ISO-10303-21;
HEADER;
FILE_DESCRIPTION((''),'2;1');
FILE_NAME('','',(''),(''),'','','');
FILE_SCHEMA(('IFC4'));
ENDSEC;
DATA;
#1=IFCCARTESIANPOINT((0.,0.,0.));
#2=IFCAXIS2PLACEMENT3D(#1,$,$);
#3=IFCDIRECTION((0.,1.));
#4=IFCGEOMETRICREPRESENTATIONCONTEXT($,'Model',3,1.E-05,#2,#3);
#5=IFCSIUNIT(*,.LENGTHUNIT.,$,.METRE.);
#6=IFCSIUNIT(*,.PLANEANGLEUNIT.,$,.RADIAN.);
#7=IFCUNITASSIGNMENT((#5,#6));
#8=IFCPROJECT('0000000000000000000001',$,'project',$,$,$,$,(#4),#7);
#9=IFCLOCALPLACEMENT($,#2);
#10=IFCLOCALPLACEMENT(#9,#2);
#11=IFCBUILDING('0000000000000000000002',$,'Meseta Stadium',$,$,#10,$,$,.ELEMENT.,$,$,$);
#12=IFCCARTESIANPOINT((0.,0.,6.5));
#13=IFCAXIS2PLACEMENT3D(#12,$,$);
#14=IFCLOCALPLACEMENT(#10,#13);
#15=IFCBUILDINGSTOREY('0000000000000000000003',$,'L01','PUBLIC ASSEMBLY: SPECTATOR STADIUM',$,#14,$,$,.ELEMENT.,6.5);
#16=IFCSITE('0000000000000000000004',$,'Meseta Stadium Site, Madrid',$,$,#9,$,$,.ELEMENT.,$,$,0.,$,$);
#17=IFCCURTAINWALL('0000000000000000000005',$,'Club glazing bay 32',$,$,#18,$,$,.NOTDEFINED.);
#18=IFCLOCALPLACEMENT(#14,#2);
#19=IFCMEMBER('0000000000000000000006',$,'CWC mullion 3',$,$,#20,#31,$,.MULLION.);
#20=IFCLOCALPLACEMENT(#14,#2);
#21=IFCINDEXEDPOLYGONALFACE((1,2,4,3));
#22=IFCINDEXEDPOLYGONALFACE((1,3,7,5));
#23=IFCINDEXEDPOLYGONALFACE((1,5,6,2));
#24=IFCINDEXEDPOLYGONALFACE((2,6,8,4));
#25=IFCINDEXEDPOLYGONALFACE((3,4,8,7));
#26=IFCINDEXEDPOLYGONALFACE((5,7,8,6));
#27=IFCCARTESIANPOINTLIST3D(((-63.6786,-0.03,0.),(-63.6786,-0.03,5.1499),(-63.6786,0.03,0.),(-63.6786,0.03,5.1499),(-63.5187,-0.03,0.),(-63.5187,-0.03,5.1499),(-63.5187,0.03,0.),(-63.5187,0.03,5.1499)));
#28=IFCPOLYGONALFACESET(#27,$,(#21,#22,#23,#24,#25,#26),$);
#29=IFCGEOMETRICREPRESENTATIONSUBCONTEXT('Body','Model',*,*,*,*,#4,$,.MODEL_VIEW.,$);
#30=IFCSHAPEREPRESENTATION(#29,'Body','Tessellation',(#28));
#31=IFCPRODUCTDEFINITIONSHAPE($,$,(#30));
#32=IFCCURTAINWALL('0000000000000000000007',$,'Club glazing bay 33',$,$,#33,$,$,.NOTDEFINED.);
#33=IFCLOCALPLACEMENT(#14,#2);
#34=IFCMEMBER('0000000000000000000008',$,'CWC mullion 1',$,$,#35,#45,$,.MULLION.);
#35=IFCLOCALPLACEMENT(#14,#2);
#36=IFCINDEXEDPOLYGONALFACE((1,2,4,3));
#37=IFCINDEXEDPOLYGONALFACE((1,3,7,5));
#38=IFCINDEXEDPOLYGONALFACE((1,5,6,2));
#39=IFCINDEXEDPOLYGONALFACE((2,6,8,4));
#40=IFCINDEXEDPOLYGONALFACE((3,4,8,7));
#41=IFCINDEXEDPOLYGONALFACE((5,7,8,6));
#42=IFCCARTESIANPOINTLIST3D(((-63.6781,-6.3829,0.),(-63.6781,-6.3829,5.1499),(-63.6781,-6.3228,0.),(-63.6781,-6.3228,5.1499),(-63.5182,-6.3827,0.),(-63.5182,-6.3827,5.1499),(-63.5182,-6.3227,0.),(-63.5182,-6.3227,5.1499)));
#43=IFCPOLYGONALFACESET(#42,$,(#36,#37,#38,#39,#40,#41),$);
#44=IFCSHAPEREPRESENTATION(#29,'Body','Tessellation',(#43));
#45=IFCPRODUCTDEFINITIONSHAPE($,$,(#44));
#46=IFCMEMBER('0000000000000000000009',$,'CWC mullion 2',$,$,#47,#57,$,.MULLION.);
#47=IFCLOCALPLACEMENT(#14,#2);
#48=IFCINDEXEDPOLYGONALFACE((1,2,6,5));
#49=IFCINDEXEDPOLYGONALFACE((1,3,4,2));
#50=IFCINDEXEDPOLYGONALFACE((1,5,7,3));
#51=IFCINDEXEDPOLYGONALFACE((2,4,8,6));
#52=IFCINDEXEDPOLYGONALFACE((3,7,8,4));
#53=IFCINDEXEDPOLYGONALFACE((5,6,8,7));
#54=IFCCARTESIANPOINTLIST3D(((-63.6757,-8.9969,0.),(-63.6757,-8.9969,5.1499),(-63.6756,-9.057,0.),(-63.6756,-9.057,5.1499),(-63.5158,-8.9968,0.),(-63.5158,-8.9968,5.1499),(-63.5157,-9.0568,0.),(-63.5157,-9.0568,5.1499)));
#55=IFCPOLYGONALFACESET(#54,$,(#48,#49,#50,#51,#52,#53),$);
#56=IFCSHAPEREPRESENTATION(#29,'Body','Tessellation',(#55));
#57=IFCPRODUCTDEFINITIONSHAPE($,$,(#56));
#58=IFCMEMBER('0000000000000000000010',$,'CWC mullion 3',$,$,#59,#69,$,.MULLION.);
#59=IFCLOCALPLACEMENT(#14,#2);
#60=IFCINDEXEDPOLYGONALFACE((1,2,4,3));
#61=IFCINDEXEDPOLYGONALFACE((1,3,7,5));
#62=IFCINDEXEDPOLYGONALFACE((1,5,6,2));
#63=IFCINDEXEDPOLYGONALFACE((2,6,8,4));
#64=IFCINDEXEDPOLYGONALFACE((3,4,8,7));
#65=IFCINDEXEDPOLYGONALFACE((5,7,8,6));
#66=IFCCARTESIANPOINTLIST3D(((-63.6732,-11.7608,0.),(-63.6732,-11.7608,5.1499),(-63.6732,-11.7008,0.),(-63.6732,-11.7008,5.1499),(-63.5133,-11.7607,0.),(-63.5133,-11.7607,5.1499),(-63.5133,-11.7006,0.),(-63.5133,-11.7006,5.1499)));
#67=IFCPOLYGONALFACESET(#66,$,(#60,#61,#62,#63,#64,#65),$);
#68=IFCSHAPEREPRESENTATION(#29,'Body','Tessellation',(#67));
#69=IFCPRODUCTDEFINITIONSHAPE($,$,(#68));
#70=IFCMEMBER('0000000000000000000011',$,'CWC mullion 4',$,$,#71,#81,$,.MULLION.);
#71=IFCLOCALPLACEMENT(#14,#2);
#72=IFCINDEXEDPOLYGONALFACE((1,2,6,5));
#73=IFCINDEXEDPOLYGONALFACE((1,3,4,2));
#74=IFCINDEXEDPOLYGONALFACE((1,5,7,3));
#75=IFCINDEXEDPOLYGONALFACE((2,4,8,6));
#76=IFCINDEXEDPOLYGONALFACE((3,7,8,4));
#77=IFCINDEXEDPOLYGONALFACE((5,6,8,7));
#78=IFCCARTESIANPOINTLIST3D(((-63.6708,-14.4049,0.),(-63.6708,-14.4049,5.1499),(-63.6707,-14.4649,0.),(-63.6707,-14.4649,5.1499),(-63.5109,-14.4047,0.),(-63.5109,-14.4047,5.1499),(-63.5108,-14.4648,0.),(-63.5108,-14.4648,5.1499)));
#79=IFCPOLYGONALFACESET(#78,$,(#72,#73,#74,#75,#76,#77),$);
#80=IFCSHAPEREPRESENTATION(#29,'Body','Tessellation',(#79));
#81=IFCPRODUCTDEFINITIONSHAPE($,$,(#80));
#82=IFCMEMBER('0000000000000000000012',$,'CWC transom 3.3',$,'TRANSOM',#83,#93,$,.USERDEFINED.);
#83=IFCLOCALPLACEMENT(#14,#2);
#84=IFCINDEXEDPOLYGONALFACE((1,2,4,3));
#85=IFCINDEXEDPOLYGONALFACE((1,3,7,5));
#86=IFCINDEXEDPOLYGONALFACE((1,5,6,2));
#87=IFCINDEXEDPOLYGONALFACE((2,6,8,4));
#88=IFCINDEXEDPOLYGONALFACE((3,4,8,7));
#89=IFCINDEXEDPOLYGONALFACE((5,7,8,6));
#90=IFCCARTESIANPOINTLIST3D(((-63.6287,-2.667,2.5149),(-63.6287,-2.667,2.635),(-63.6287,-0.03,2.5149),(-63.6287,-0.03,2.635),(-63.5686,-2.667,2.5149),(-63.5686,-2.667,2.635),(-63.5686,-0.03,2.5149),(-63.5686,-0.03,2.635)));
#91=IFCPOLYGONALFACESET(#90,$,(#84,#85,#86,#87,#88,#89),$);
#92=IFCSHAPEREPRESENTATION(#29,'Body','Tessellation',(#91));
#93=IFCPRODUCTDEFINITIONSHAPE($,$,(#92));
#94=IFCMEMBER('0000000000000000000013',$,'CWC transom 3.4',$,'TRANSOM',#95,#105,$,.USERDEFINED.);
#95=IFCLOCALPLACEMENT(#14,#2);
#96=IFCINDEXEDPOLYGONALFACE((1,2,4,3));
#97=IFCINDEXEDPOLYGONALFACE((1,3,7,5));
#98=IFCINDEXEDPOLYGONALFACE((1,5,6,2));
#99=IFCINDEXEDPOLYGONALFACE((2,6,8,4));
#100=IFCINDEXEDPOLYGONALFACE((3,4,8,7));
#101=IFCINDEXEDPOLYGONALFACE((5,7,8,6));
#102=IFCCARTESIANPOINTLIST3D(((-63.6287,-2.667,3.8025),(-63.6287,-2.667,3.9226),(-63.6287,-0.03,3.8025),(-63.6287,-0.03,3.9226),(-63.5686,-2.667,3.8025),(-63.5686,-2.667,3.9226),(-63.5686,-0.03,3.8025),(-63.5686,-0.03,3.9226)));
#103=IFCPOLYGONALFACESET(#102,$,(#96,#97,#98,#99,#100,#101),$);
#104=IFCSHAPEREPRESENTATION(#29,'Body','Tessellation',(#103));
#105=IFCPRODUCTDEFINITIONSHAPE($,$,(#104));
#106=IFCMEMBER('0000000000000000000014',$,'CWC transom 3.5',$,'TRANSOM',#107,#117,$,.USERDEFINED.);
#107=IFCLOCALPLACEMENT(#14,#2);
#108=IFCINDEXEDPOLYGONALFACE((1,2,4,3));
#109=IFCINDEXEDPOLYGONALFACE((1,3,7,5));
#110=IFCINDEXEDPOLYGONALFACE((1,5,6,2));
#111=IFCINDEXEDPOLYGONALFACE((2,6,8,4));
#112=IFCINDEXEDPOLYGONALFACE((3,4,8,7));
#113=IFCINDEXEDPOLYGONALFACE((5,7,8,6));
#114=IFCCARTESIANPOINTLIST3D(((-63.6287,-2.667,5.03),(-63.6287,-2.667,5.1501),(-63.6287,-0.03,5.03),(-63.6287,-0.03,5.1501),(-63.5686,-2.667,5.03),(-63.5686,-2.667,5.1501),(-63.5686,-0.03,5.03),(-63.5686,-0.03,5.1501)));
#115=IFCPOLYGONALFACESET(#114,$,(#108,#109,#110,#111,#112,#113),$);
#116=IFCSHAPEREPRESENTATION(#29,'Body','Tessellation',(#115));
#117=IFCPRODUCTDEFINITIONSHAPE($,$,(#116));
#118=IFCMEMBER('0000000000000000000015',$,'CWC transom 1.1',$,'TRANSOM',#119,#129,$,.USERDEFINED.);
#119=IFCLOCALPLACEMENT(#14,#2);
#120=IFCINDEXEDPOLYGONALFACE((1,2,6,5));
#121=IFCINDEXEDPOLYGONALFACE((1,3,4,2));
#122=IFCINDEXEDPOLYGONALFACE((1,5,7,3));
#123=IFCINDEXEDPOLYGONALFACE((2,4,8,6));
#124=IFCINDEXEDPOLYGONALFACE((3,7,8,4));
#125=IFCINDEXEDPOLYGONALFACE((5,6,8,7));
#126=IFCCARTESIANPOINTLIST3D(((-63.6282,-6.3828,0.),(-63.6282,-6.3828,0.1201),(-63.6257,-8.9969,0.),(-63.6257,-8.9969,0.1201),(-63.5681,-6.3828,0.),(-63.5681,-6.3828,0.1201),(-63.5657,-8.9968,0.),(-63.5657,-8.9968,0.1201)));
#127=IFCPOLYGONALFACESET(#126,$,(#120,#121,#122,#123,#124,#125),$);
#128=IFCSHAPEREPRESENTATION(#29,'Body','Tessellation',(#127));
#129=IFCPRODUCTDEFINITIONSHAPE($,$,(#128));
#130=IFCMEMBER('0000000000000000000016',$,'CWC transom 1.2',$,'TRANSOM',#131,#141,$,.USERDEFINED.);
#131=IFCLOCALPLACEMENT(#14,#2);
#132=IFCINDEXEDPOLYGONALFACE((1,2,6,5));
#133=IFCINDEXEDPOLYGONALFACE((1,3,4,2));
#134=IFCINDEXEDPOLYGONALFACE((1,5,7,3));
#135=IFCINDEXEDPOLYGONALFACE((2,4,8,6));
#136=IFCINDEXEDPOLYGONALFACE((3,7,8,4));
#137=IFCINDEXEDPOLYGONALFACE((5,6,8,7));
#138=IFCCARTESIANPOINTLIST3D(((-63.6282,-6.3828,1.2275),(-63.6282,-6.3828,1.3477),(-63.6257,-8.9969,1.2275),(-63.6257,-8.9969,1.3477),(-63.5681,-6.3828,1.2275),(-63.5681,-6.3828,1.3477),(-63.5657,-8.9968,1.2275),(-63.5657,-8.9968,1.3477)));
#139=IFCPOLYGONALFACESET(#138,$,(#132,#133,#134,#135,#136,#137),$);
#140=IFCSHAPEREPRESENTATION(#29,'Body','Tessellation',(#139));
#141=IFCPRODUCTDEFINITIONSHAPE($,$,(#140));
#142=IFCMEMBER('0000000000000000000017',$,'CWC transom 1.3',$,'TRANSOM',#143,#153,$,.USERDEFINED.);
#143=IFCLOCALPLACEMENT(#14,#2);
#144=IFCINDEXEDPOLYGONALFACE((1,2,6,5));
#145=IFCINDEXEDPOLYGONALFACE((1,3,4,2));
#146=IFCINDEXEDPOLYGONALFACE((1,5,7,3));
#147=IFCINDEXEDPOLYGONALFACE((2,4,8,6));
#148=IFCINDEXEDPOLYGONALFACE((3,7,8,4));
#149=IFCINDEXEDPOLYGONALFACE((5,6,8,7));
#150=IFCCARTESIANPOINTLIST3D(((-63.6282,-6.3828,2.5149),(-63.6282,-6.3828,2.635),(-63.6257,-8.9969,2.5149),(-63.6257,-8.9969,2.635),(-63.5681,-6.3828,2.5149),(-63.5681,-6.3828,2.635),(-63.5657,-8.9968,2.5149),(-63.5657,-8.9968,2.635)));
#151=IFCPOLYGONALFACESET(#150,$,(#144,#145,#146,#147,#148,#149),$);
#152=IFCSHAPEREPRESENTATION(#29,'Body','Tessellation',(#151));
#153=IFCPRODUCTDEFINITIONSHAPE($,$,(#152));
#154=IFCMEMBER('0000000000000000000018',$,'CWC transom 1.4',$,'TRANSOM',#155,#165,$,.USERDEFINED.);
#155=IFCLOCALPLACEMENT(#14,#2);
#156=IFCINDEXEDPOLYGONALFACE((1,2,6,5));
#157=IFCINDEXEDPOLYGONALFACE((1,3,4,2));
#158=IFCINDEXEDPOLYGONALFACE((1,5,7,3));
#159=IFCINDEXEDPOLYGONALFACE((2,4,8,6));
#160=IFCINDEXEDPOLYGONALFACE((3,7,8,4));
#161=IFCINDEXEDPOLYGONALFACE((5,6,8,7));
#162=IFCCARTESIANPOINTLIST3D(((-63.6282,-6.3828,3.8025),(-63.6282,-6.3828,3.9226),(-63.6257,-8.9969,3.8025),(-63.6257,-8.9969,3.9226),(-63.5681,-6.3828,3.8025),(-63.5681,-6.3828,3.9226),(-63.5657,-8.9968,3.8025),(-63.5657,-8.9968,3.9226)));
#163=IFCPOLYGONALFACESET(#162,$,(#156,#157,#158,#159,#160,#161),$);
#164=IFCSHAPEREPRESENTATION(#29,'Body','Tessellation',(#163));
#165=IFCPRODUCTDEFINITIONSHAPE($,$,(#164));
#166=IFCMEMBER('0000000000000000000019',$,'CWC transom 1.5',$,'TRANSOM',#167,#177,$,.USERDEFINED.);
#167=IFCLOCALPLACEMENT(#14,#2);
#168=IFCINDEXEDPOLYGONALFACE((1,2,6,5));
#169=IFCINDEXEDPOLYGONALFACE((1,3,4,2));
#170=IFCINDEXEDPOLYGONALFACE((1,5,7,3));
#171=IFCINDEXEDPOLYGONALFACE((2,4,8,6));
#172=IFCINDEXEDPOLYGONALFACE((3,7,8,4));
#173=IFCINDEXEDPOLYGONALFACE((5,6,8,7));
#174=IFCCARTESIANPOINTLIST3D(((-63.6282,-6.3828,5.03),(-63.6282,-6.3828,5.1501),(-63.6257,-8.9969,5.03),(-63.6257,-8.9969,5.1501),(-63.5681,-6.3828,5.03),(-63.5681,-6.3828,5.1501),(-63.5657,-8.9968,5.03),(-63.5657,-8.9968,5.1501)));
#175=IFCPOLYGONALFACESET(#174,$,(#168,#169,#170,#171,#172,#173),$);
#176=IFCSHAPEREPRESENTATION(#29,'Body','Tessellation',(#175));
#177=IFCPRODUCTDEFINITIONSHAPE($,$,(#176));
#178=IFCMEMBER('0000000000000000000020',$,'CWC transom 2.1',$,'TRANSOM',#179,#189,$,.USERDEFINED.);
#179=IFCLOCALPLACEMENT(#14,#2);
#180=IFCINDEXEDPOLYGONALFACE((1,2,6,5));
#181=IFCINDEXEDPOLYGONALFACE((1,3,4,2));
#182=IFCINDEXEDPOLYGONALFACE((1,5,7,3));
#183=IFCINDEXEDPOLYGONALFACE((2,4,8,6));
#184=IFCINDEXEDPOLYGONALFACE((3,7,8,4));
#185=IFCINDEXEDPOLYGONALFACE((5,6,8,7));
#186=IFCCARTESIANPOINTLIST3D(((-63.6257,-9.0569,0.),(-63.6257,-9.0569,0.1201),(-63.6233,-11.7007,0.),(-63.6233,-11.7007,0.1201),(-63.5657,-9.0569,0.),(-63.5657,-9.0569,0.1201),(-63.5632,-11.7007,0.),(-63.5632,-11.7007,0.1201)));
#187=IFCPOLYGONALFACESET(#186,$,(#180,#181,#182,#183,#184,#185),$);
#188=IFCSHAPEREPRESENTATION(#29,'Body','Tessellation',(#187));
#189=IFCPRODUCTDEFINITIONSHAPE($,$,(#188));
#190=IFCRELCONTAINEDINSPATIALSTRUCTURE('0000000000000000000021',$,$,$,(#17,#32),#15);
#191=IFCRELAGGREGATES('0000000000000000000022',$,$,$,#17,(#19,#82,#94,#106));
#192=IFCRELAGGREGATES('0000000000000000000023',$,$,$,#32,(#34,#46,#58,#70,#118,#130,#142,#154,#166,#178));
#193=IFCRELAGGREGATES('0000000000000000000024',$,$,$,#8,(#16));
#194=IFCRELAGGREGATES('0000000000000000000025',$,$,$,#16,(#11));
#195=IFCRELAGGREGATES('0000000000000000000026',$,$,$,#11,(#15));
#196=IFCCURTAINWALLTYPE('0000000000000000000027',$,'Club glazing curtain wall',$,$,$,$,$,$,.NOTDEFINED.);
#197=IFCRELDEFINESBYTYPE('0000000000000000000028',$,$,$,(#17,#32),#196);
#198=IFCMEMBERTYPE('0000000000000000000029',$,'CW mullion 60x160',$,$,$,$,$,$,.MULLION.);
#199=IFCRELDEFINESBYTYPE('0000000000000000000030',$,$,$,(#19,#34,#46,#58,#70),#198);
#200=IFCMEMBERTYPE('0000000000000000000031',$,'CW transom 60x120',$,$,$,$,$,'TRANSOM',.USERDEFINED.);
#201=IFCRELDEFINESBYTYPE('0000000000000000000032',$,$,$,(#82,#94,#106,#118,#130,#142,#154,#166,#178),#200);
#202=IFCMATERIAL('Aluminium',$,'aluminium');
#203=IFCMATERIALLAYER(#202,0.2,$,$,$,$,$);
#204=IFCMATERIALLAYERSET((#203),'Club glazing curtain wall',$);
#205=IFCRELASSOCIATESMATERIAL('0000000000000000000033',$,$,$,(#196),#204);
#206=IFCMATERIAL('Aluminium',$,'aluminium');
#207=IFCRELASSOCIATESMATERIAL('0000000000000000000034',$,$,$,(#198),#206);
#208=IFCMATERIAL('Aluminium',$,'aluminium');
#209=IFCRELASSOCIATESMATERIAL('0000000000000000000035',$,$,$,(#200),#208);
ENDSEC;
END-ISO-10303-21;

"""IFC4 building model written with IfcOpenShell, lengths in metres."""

from ifc_helpers import new_model, si_unit, direction, frame, origin, origin_2d, place, context, subcontext, project, spatial, rectangle, extrude, material, layer, layer_set, material_profile, profile_set, type_object, element, aggregate, save


model = new_model("IFC4")

# Units and contexts
model_context = context("Model", 3, precision=1e-05, world=origin(), true_north=direction((0.0, 1.0)))
body_context = subcontext(model_context, "Body", "Model", "MODEL_VIEW")
ifc_project = project(units=[si_unit("LENGTHUNIT", "METRE"), si_unit("PLANEANGLEUNIT", "RADIAN")], contexts=[model_context])

# Site, building, storey
site_placement = place(None, origin())
site = spatial("IfcSite", under=ifc_project, at=site_placement, Name="Meseta Stadium Site, Madrid", CompositionType="ELEMENT", RefElevation=0.0)
building_placement = place(site_placement, origin())
building = spatial("IfcBuilding", under=site, at=building_placement, Name="Meseta Stadium", CompositionType="ELEMENT")
storey_placement = place(building_placement, frame((0.0, 0.0, 6.5)))
storey = spatial("IfcBuildingStorey", under=building, at=storey_placement, Name="L01", Description="PUBLIC ASSEMBLY: SPECTATOR STADIUM", CompositionType="ELEMENT", Elevation=6.5)

# Curtain wall, member
ifc_material_1 = material(Name="Aluminium", Category="aluminium")
ifc_layer_1 = layer(ifc_material_1, 0.2)
ifc_layer_set_1 = layer_set([ifc_layer_1], Name="Club glazing curtain wall")
curtain_wall_type = type_object("IfcCurtainWallType", Name="Club glazing curtain wall", PredefinedType="NOTDEFINED", material=ifc_layer_set_1)
curtain_wall_1_placement = place(storey_placement, origin())
curtain_wall_1 = element("IfcCurtainWall", 1, at=curtain_wall_1_placement, inside=storey, type_object=curtain_wall_type, Name="Club glazing bay 32", PredefinedType="NOTDEFINED")
ifc_material_2 = material(Name="Aluminium", Category="aluminium")
ifc_material_profile_1 = material_profile(ifc_material_2, rectangle(XDim=0.1599, YDim=0.0601, at=origin_2d()), Name="CW 160x60")
ifc_profile_set_1 = profile_set([ifc_material_profile_1], Name="Aluminium")
member_type_1 = type_object("IfcMemberType", Name="CW mullion 60x160", PredefinedType="MULLION", material=ifc_profile_set_1)
member_1_placement = place(storey_placement, frame((-63.5986, 0.0, 0.0), z_axis=(0.0, 0.0, 1.0), x_axis=(1.0, 0.0, 0.0)))
member_1 = element("IfcMember", 2, at=member_1_placement, type_object=member_type_1, Name="CWC mullion 3", PredefinedType="MULLION", context=body_context, shape_type="SweptSolid", body=[
    extrude(rectangle(XDim=0.1599, YDim=0.0601, at=origin_2d()), origin(), (0.0, 0.0, 1.0), 5.1499),
])

# Curtain wall, members
curtain_wall_2_placement = place(storey_placement, origin())
curtain_wall_2 = element("IfcCurtainWall", 3, at=curtain_wall_2_placement, inside=storey, type_object=curtain_wall_type, Name="Club glazing bay 33", PredefinedType="NOTDEFINED")
member_2_placement = place(storey_placement, frame((-63.5981, -6.3528, 0.0), z_axis=(0.0, 0.0, 1.0), x_axis=(1.0, 0.000925, 0.0)))
member_2 = element("IfcMember", 4, at=member_2_placement, type_object=member_type_1, Name="CWC mullion 1", PredefinedType="MULLION", context=body_context, shape_type="SweptSolid", body=[
    extrude(rectangle(XDim=0.1599, YDim=0.0601, at=origin_2d()), origin(), (0.0, 0.0, 1.0), 5.1499),
])
member_3_placement = place(storey_placement, frame((-63.5957, -9.0269, 0.0), z_axis=(0.0, 0.0, 1.0), x_axis=(1.0, 0.000925, 0.0)))
member_3 = element("IfcMember", 5, at=member_3_placement, type_object=member_type_1, Name="CWC mullion 2", PredefinedType="MULLION", context=body_context, shape_type="SweptSolid", body=[
    extrude(rectangle(XDim=0.1599, YDim=0.0601, at=origin_2d()), origin(), (0.0, 0.0, 1.0), 5.1499),
])
member_4_placement = place(storey_placement, frame((-63.5933, -11.7307, 0.0), z_axis=(0.0, 0.0, 1.0), x_axis=(1.0, 0.000925, 0.0)))
member_4 = element("IfcMember", 6, at=member_4_placement, type_object=member_type_1, Name="CWC mullion 3", PredefinedType="MULLION", context=body_context, shape_type="SweptSolid", body=[
    extrude(rectangle(XDim=0.1599, YDim=0.0601, at=origin_2d()), origin(), (0.0, 0.0, 1.0), 5.1499),
])
member_5_placement = place(storey_placement, frame((-63.5908, -14.4348, 0.0), z_axis=(0.0, 0.0, 1.0), x_axis=(1.0, 0.000925, 0.0)))
member_5 = element("IfcMember", 7, at=member_5_placement, type_object=member_type_1, Name="CWC mullion 4", PredefinedType="MULLION", context=body_context, shape_type="SweptSolid", body=[
    extrude(rectangle(XDim=0.1599, YDim=0.0601, at=origin_2d()), origin(), (0.0, 0.0, 1.0), 5.1499),
])

# Members
ifc_material_3 = material(Name="Aluminium", Category="aluminium")
ifc_material_profile_2 = material_profile(ifc_material_3, rectangle(XDim=0.0601, YDim=0.1201, at=origin_2d()), Name="CW 60x120")
ifc_profile_set_2 = profile_set([ifc_material_profile_2], Name="Aluminium")
member_type_2 = type_object("IfcMemberType", Name="CW transom 60x120", ElementType="TRANSOM", PredefinedType="USERDEFINED", material=ifc_profile_set_2)
member_6_placement = place(storey_placement, frame((-63.5986, -0.03, 2.575), z_axis=(0.0, -1.0, 0.0), x_axis=(1.0, 0.0, 0.0)))
member_6 = element("IfcMember", 8, at=member_6_placement, type_object=member_type_2, Name="CWC transom 3.3", ObjectType="TRANSOM", PredefinedType="USERDEFINED", context=body_context, shape_type="SweptSolid", body=[
    extrude(rectangle(XDim=0.0601, YDim=0.1201, at=origin_2d()), origin(), (0.0, 0.0, 1.0), 2.637),
])
member_7_placement = place(storey_placement, frame((-63.5986, -0.03, 3.8625), z_axis=(0.0, -1.0, 0.0), x_axis=(1.0, 0.0, 0.0)))
member_7 = element("IfcMember", 9, at=member_7_placement, type_object=member_type_2, Name="CWC transom 3.4", ObjectType="TRANSOM", PredefinedType="USERDEFINED", context=body_context, shape_type="SweptSolid", body=[
    extrude(rectangle(XDim=0.0601, YDim=0.1201, at=origin_2d()), origin(), (0.0, 0.0, 1.0), 2.637),
])
member_8_placement = place(storey_placement, frame((-63.5986, -0.03, 5.0901), z_axis=(0.0, -1.0, 0.0), x_axis=(1.0, 0.0, 0.0)))
member_8 = element("IfcMember", 10, at=member_8_placement, type_object=member_type_2, Name="CWC transom 3.5", ObjectType="TRANSOM", PredefinedType="USERDEFINED", context=body_context, shape_type="SweptSolid", body=[
    extrude(rectangle(XDim=0.0601, YDim=0.1201, at=origin_2d()), origin(), (0.0, 0.0, 1.0), 2.637),
])
aggregate(curtain_wall_1, [member_1, member_6, member_7, member_8])
member_9_placement = place(storey_placement, frame((-63.5981, -6.3828, 0.0601), z_axis=(0.000934, -1.0, 0.0), x_axis=(1.0, 0.000934, 0.0)))
member_9 = element("IfcMember", 11, at=member_9_placement, type_object=member_type_2, Name="CWC transom 1.1", ObjectType="TRANSOM", PredefinedType="USERDEFINED", context=body_context, shape_type="SweptSolid", body=[
    extrude(rectangle(XDim=0.0601, YDim=0.1201, at=origin_2d()), origin(), (0.0, 0.0, 1.0), 2.614),
])
member_10_placement = place(storey_placement, frame((-63.5981, -6.3828, 1.2876), z_axis=(0.000934, -1.0, 0.0), x_axis=(1.0, 0.000934, 0.0)))
member_10 = element("IfcMember", 12, at=member_10_placement, type_object=member_type_2, Name="CWC transom 1.2", ObjectType="TRANSOM", PredefinedType="USERDEFINED", context=body_context, shape_type="SweptSolid", body=[
    extrude(rectangle(XDim=0.0601, YDim=0.1201, at=origin_2d()), origin(), (0.0, 0.0, 1.0), 2.614),
])
member_11_placement = place(storey_placement, frame((-63.5981, -6.3828, 2.575), z_axis=(0.000934, -1.0, 0.0), x_axis=(1.0, 0.000934, 0.0)))
member_11 = element("IfcMember", 13, at=member_11_placement, type_object=member_type_2, Name="CWC transom 1.3", ObjectType="TRANSOM", PredefinedType="USERDEFINED", context=body_context, shape_type="SweptSolid", body=[
    extrude(rectangle(XDim=0.0601, YDim=0.1201, at=origin_2d()), origin(), (0.0, 0.0, 1.0), 2.614),
])
member_12_placement = place(storey_placement, frame((-63.5981, -6.3828, 3.8625), z_axis=(0.000934, -1.0, 0.0), x_axis=(1.0, 0.000934, 0.0)))
member_12 = element("IfcMember", 14, at=member_12_placement, type_object=member_type_2, Name="CWC transom 1.4", ObjectType="TRANSOM", PredefinedType="USERDEFINED", context=body_context, shape_type="SweptSolid", body=[
    extrude(rectangle(XDim=0.0601, YDim=0.1201, at=origin_2d()), origin(), (0.0, 0.0, 1.0), 2.614),
])
member_13_placement = place(storey_placement, frame((-63.5981, -6.3828, 5.0901), z_axis=(0.000934, -1.0, 0.0), x_axis=(1.0, 0.000934, 0.0)))
member_13 = element("IfcMember", 15, at=member_13_placement, type_object=member_type_2, Name="CWC transom 1.5", ObjectType="TRANSOM", PredefinedType="USERDEFINED", context=body_context, shape_type="SweptSolid", body=[
    extrude(rectangle(XDim=0.0601, YDim=0.1201, at=origin_2d()), origin(), (0.0, 0.0, 1.0), 2.614),
])
member_14_placement = place(storey_placement, frame((-63.5957, -9.0569, 0.0601), z_axis=(0.000923, -1.0, 0.0), x_axis=(1.0, 0.000923, 0.0)))
member_14 = element("IfcMember", 16, at=member_14_placement, type_object=member_type_2, Name="CWC transom 2.1", ObjectType="TRANSOM", PredefinedType="USERDEFINED", context=body_context, shape_type="SweptSolid", body=[
    extrude(rectangle(XDim=0.0601, YDim=0.1201, at=origin_2d()), origin(), (0.0, 0.0, 1.0), 2.6438),
])

aggregate(curtain_wall_2, [member_2, member_3, member_4, member_5, member_9, member_10, member_11, member_12, member_13, member_14])

save(model, "model.ifc")
